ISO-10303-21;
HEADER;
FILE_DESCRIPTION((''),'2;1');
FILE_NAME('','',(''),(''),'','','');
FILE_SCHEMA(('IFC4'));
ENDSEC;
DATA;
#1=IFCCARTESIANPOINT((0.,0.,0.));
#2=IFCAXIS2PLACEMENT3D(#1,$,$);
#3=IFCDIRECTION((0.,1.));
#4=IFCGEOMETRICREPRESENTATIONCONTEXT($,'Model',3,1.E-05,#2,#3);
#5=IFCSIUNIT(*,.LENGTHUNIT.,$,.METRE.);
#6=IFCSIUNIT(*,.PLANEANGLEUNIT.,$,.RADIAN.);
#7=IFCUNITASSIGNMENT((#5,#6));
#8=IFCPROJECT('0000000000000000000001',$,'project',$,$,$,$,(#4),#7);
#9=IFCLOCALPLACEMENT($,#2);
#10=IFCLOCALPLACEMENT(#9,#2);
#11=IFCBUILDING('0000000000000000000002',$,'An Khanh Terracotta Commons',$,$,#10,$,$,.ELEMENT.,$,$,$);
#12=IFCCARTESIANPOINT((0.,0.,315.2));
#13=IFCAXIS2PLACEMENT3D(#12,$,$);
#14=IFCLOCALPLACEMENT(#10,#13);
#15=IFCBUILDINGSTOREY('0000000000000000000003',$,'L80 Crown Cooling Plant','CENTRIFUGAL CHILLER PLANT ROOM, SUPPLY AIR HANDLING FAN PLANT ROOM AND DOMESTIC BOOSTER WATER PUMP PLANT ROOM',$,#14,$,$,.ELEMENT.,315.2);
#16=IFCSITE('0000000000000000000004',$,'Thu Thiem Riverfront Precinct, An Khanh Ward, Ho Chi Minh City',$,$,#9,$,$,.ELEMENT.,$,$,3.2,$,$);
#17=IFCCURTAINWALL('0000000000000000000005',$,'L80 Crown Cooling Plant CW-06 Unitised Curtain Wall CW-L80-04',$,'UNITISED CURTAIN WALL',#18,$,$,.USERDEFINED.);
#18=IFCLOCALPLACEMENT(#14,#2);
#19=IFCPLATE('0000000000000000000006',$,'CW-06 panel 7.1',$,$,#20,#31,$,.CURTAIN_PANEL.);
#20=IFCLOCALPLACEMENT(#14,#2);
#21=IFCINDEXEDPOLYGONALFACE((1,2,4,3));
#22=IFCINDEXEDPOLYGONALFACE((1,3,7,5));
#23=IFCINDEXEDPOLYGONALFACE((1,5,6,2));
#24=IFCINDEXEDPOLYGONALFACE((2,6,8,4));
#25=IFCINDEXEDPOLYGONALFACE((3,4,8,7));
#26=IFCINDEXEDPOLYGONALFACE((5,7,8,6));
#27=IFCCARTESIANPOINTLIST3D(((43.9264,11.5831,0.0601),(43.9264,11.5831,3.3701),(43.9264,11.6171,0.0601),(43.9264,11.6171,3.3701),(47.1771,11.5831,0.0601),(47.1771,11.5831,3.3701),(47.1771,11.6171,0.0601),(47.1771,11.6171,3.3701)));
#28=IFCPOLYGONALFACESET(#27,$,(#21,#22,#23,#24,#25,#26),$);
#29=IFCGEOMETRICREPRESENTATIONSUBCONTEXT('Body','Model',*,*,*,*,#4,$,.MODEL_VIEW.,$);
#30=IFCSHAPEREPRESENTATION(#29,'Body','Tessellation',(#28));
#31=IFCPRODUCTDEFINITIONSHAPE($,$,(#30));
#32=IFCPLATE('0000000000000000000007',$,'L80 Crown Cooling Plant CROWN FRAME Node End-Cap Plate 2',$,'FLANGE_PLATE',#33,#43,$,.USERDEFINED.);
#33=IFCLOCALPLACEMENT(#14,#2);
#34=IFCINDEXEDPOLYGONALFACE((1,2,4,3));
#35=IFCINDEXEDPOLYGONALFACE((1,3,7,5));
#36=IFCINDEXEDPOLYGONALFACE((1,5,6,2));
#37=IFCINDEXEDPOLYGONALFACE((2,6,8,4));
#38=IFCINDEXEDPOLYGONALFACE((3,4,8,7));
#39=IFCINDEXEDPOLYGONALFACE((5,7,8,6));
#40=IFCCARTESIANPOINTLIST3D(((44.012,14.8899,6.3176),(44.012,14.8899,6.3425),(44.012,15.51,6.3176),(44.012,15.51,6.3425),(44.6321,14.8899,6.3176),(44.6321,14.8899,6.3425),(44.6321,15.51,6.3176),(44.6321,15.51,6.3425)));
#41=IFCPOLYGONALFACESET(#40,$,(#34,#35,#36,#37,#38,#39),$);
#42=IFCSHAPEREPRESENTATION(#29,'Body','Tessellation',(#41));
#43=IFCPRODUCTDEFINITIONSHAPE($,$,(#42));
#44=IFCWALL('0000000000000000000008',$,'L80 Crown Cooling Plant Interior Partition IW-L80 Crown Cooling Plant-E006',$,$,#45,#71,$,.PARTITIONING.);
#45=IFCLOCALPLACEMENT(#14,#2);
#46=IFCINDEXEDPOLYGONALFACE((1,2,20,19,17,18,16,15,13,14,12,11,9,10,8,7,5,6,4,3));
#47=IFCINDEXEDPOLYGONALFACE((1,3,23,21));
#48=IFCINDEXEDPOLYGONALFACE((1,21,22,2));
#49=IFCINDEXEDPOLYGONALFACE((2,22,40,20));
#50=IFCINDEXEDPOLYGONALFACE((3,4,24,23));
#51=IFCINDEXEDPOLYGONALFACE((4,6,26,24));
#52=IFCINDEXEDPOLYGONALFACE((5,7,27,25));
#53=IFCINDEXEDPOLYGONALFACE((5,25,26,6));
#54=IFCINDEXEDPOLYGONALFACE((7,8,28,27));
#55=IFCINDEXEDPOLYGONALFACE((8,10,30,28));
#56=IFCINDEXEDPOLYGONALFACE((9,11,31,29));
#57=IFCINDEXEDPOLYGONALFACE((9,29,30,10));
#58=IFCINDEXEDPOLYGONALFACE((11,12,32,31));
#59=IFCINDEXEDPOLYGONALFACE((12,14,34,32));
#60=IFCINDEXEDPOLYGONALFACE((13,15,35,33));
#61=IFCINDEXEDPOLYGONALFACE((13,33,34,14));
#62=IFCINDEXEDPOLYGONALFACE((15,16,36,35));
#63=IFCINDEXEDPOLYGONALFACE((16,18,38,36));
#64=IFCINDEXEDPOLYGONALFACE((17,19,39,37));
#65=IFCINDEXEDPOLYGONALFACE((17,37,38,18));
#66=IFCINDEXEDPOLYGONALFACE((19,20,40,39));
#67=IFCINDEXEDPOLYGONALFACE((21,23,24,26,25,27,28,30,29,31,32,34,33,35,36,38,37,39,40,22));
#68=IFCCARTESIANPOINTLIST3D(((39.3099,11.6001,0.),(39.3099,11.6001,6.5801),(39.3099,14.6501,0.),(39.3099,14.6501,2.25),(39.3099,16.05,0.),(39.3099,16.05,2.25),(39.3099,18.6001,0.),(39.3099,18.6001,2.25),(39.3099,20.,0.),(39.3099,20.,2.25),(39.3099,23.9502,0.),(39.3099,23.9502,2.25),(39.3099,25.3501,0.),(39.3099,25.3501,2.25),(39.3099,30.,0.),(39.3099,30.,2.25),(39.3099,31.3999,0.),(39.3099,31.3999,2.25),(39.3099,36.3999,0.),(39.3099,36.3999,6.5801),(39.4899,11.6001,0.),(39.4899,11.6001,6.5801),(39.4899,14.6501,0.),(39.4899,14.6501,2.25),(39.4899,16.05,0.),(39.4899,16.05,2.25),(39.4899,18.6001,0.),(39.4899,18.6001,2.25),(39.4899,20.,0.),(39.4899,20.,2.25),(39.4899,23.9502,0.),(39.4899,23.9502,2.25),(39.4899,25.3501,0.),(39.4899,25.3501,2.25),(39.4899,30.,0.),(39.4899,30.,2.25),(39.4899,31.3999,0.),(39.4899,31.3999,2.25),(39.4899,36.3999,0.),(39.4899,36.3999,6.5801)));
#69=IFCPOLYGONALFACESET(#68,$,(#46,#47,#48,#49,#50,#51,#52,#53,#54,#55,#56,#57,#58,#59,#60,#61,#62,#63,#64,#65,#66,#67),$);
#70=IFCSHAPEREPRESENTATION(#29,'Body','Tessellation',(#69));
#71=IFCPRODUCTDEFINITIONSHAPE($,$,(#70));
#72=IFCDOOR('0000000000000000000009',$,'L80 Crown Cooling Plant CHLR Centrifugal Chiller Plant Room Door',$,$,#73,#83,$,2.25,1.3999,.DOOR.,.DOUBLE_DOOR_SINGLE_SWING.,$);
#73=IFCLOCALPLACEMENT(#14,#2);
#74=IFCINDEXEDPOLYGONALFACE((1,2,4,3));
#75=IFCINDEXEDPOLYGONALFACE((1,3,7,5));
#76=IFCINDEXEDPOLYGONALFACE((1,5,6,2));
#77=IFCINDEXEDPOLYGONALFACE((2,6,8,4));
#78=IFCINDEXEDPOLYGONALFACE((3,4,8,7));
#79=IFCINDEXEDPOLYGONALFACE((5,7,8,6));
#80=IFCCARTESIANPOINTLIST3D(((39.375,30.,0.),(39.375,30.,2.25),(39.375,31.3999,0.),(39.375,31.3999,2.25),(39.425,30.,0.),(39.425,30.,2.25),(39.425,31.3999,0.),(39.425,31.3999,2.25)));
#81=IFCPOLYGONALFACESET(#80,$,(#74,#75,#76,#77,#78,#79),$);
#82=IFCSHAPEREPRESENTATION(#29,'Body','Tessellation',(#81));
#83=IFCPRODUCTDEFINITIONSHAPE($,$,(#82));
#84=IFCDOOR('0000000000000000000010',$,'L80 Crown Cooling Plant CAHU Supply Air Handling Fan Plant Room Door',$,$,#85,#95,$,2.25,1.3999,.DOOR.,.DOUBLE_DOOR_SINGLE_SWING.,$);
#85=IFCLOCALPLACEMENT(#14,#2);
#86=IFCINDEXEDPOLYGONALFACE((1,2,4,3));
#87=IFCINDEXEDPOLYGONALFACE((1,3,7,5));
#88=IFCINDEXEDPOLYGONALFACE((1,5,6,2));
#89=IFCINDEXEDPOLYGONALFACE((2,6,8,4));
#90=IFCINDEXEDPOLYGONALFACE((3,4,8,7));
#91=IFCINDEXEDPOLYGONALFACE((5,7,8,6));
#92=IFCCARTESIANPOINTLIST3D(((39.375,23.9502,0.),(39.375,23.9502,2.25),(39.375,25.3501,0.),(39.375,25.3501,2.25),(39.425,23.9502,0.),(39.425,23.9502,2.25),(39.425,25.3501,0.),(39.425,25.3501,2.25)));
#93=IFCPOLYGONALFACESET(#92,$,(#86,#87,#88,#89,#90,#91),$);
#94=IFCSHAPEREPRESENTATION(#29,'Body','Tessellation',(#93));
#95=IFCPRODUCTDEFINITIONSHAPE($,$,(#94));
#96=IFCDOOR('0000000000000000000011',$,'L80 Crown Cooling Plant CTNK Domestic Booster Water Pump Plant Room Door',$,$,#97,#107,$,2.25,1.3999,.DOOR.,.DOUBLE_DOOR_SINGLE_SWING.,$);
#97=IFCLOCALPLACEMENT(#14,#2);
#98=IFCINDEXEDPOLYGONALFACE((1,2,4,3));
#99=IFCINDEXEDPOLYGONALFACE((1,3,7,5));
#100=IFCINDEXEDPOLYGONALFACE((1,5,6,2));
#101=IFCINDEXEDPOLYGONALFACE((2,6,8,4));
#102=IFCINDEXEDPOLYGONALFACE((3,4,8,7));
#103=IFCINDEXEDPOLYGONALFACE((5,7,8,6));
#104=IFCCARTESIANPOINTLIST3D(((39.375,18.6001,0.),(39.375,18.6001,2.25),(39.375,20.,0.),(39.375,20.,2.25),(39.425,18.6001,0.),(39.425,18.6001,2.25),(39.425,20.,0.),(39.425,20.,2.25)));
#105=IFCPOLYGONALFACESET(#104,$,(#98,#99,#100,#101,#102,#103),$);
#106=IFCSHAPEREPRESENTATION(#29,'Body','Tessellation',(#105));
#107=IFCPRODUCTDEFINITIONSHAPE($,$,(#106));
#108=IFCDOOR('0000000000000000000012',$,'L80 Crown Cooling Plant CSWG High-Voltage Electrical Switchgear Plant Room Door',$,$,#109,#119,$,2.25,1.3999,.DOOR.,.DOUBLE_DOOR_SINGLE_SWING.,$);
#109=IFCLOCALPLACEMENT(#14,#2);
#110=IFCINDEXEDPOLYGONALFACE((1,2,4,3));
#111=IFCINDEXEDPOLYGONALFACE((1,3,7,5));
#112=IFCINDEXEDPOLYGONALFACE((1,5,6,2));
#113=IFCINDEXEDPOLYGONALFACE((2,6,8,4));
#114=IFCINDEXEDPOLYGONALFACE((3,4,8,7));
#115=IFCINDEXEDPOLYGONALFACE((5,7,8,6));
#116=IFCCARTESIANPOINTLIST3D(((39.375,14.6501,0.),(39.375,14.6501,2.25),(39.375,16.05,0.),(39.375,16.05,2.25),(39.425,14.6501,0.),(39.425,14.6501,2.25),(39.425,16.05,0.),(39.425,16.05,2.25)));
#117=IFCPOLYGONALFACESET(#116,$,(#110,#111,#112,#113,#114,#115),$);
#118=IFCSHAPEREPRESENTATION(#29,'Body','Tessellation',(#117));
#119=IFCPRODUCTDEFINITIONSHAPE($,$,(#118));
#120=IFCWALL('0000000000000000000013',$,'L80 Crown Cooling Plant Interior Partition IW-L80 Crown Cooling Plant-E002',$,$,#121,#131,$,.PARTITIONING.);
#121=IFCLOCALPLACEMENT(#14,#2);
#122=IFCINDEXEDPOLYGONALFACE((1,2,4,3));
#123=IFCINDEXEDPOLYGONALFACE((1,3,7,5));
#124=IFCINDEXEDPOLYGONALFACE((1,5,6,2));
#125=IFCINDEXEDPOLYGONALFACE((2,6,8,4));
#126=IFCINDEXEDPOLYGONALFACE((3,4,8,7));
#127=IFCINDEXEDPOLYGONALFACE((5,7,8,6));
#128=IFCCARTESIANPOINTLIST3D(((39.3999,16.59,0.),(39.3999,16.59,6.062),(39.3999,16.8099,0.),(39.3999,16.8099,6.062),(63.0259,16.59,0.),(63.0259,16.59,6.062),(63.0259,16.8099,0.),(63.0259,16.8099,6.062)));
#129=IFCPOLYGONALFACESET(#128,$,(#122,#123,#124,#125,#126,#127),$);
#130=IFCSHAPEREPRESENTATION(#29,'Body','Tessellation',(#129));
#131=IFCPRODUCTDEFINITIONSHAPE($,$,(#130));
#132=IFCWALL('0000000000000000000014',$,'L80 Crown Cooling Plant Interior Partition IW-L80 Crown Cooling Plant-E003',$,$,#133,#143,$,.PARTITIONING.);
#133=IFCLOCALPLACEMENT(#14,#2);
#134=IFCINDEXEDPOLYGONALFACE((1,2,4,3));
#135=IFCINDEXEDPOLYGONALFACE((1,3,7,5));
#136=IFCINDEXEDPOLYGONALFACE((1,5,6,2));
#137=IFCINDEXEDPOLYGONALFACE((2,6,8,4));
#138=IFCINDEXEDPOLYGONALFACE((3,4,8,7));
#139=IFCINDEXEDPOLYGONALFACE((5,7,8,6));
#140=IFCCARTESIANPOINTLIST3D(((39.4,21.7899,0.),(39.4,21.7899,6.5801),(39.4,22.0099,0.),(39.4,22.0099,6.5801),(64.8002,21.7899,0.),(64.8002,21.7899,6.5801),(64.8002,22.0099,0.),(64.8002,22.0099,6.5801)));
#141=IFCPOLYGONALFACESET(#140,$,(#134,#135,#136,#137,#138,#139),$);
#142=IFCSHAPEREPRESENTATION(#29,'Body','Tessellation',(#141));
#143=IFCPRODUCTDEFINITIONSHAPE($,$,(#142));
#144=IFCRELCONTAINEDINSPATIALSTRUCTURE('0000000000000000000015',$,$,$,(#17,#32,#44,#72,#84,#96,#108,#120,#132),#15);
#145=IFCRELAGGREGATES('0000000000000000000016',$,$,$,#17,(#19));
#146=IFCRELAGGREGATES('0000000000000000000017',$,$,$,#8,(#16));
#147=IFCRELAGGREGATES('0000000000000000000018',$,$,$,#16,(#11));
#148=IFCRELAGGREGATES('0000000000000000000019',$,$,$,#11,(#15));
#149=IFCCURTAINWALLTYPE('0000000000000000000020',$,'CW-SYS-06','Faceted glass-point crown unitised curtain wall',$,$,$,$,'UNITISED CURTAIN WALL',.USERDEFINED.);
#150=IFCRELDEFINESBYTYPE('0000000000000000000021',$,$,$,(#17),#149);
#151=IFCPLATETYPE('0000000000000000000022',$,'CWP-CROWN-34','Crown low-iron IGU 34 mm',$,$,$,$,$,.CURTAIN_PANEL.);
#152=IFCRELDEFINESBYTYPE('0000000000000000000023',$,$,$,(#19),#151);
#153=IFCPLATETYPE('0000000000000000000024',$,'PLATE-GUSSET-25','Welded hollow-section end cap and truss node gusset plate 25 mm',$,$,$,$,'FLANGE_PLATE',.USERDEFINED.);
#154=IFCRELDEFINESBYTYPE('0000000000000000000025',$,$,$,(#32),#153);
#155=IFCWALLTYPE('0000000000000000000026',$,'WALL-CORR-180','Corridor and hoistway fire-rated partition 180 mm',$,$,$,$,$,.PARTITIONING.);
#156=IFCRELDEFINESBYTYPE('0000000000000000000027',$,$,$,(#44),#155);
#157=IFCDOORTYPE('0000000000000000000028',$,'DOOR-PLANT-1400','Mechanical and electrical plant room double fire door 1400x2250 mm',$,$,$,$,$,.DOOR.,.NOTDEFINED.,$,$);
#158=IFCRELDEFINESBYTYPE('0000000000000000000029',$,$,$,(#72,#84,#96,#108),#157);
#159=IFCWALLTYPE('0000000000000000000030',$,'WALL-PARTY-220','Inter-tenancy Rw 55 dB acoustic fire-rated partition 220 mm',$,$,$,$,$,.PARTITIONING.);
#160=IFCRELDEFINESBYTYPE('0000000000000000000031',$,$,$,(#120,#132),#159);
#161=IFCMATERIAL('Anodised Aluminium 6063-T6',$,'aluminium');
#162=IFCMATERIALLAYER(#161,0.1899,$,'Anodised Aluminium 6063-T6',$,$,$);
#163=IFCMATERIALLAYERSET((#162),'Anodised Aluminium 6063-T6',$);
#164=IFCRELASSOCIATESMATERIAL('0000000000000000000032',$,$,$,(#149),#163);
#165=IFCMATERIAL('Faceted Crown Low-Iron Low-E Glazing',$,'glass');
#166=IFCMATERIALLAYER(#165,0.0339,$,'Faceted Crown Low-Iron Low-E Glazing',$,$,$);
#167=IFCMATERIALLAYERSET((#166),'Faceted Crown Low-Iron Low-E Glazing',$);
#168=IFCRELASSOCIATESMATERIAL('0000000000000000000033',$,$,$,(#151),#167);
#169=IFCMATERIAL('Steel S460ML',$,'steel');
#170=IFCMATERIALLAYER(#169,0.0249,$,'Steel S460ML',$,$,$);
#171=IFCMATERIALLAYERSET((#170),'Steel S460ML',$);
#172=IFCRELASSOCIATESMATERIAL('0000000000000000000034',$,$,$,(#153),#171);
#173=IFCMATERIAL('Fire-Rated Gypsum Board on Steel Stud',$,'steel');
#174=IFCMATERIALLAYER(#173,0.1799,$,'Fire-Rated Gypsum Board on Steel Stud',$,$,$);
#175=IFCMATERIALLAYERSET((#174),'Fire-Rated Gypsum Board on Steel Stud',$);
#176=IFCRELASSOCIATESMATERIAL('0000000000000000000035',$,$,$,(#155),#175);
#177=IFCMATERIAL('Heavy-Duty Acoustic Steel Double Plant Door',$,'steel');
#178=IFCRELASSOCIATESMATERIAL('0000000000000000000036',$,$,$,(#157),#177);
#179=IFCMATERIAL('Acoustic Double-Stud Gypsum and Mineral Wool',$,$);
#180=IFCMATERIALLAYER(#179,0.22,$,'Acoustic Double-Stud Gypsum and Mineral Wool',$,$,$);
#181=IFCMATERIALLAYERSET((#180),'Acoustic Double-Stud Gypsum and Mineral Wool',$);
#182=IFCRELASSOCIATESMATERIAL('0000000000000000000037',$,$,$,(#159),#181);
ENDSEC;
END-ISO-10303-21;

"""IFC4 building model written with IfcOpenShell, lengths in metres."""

from ifc_helpers import new_model, si_unit, direction, frame, frame_2d, origin, origin_2d, place, context, subcontext, project, spatial, rectangle, extrude, material, layer, layer_set, type_object, element, fill, aggregate, save


model = new_model("IFC4")

# Units and contexts
model_context = context("Model", 3, precision=1e-05, world=origin(), true_north=direction((0.0, 1.0)))
body_context = subcontext(model_context, "Body", "Model", "MODEL_VIEW")
ifc_project = project(units=[si_unit("LENGTHUNIT", "METRE"), si_unit("PLANEANGLEUNIT", "RADIAN")], contexts=[model_context])

# Site, building, storey
site_placement = place(None, origin())
site = spatial("IfcSite", under=ifc_project, at=site_placement, Name="Thu Thiem Riverfront Precinct, An Khanh Ward, Ho Chi Minh City", CompositionType="ELEMENT", RefElevation=3.2)
building_placement = place(site_placement, origin())
building = spatial("IfcBuilding", under=site, at=building_placement, Name="An Khanh Terracotta Commons", CompositionType="ELEMENT")
storey_placement = place(building_placement, frame((0.0, 0.0, 315.2)))
storey = spatial("IfcBuildingStorey", under=building, at=storey_placement, Name="L80 Crown Cooling Plant", Description="CENTRIFUGAL CHILLER PLANT ROOM, SUPPLY AIR HANDLING FAN PLANT ROOM AND DOMESTIC BOOSTER WATER PUMP PLANT ROOM", CompositionType="ELEMENT", Elevation=315.2)

# Shared definitions
ifc_material_1 = material(Name="Steel S460ML", Category="steel")

# Curtain wall, plate
ifc_material_2 = material(Name="Anodised Aluminium 6063-T6", Category="aluminium")
ifc_layer_1 = layer(ifc_material_2, 0.1899, Name="Anodised Aluminium 6063-T6")
ifc_layer_set_1 = layer_set([ifc_layer_1], Name="Anodised Aluminium 6063-T6")
curtain_wall_type = type_object("IfcCurtainWallType", Name="CW-SYS-06", Description="Faceted glass-point crown unitised curtain wall", ElementType="UNITISED CURTAIN WALL", PredefinedType="USERDEFINED", material=ifc_layer_set_1)
curtain_wall_placement = place(storey_placement, origin())
curtain_wall = element("IfcCurtainWall", 1, at=curtain_wall_placement, inside=storey, type_object=curtain_wall_type, Name="L80 Crown Cooling Plant CW-06 Unitised Curtain Wall CW-L80-04", ObjectType="UNITISED CURTAIN WALL", PredefinedType="USERDEFINED")
ifc_material_3 = material(Name="Faceted Crown Low-Iron Low-E Glazing", Category="glass")
ifc_layer_2 = layer(ifc_material_3, 0.0339, Name="Faceted Crown Low-Iron Low-E Glazing")
ifc_layer_set_2 = layer_set([ifc_layer_2], Name="Faceted Crown Low-Iron Low-E Glazing")
plate_type_1 = type_object("IfcPlateType", Name="CWP-CROWN-34", Description="Crown low-iron IGU 34 mm", PredefinedType="CURTAIN_PANEL", material=ifc_layer_set_2)
plate_1_placement = place(storey_placement, frame((45.5518, 11.6001, 0.0601), z_axis=(0.0, 0.0, 1.0), x_axis=(1.0, 0.0, 0.0)))
plate_1 = element("IfcPlate", 2, at=plate_1_placement, type_object=plate_type_1, Name="CW-06 panel 7.1", PredefinedType="CURTAIN_PANEL", context=body_context, shape_type="SweptSolid", body=[
    extrude(rectangle(XDim=3.2507, YDim=0.0339, at=origin_2d()), origin(), (0.0, 0.0, 1.0), 3.3101),
])
aggregate(curtain_wall, [plate_1])

# Plate
ifc_layer_3 = layer(ifc_material_1, 0.0249, Name="Steel S460ML")
ifc_layer_set_3 = layer_set([ifc_layer_3], Name="Steel S460ML")
plate_type_2 = type_object("IfcPlateType", Name="PLATE-GUSSET-25", Description="Welded hollow-section end cap and truss node gusset plate 25 mm", ElementType="FLANGE_PLATE", PredefinedType="USERDEFINED", material=ifc_layer_set_3)
plate_2_placement = place(storey_placement, frame((44.322, 15.2, 6.3176), z_axis=(0.0, 0.0, 1.0), x_axis=(1.0, 0.0, 0.0)))
element("IfcPlate", 3, at=plate_2_placement, inside=storey, type_object=plate_type_2, Name="L80 Crown Cooling Plant CROWN FRAME Node End-Cap Plate 2", ObjectType="FLANGE_PLATE", PredefinedType="USERDEFINED", context=body_context, shape_type="SweptSolid", body=[
    extrude(rectangle(XDim=0.6201, YDim=0.6201, at=origin_2d()), origin(), (0.0, 0.0, 1.0), 0.0249),
])

# Wall, openings, doors
ifc_material_4 = material(Name="Fire-Rated Gypsum Board on Steel Stud", Category="steel")
ifc_layer_4 = layer(ifc_material_4, 0.1799, Name="Fire-Rated Gypsum Board on Steel Stud")
ifc_layer_set_4 = layer_set([ifc_layer_4], Name="Fire-Rated Gypsum Board on Steel Stud")
wall_type_1 = type_object("IfcWallType", Name="WALL-CORR-180", Description="Corridor and hoistway fire-rated partition 180 mm", PredefinedType="PARTITIONING", material=ifc_layer_set_4)
wall_1_placement = place(storey_placement, frame((39.3999, 11.6001, 0.0), z_axis=(0.0, 0.0, 1.0), x_axis=(0.0, 1.0, 0.0)))
wall_1 = element("IfcWall", 4, at=wall_1_placement, inside=storey, type_object=wall_type_1, Name="L80 Crown Cooling Plant Interior Partition IW-L80 Crown Cooling Plant-E006", PredefinedType="PARTITIONING", context=body_context, shape_type="SweptSolid", body=[
    extrude(rectangle(XDim=24.7998, YDim=0.1799, at=frame_2d((12.3999, 0.0))), origin(), (0.0, 0.0, 1.0), 6.5801),
])
opening_1_placement = place(wall_1_placement, frame((18.3999, 0.0, 0.0)))
opening_1 = element("IfcOpeningElement", 5, at=opening_1_placement, cuts=wall_1, PredefinedType="OPENING", context=body_context, shape_type="SweptSolid", body=[
    extrude(rectangle(XDim=1.3999, YDim=2.25, at=frame_2d((0.7, 1.125))), frame((0.0, 0.0999, 0.0), z_axis=(0.0, -1.0, 0.0), x_axis=(1.0, 0.0, 0.0)), (0.0, 0.0, 1.0), 0.2),
])
opening_2_placement = place(wall_1_placement, frame((12.3501, 0.0, 0.0)))
opening_2 = element("IfcOpeningElement", 6, at=opening_2_placement, cuts=wall_1, PredefinedType="OPENING", context=body_context, shape_type="SweptSolid", body=[
    extrude(rectangle(XDim=1.3999, YDim=2.25, at=frame_2d((0.7, 1.125))), frame((0.0, 0.0999, 0.0), z_axis=(0.0, -1.0, 0.0), x_axis=(1.0, 0.0, 0.0)), (0.0, 0.0, 1.0), 0.2),
])
opening_3_placement = place(wall_1_placement, frame((7.0, 0.0, 0.0)))
opening_3 = element("IfcOpeningElement", 7, at=opening_3_placement, cuts=wall_1, PredefinedType="OPENING", context=body_context, shape_type="SweptSolid", body=[
    extrude(rectangle(XDim=1.3999, YDim=2.25, at=frame_2d((0.7, 1.125))), frame((0.0, 0.0999, 0.0), z_axis=(0.0, -1.0, 0.0), x_axis=(1.0, 0.0, 0.0)), (0.0, 0.0, 1.0), 0.2),
])
opening_4_placement = place(wall_1_placement, frame((3.05, 0.0, 0.0)))
opening_4 = element("IfcOpeningElement", 8, at=opening_4_placement, cuts=wall_1, PredefinedType="OPENING", context=body_context, shape_type="SweptSolid", body=[
    extrude(rectangle(XDim=1.3999, YDim=2.25, at=frame_2d((0.7, 1.125))), frame((0.0, 0.0999, 0.0), z_axis=(0.0, -1.0, 0.0), x_axis=(1.0, 0.0, 0.0)), (0.0, 0.0, 1.0), 0.2),
])
ifc_material_5 = material(Name="Heavy-Duty Acoustic Steel Double Plant Door", Category="steel")
door_type = type_object("IfcDoorType", Name="DOOR-PLANT-1400", Description="Mechanical and electrical plant room double fire door 1400x2250 mm", OperationType="NOTDEFINED", PredefinedType="DOOR", material=ifc_material_5)
door_1_placement = place(opening_1_placement, origin())
door_1 = element("IfcDoor", 9, at=door_1_placement, inside=storey, type_object=door_type, Name="L80 Crown Cooling Plant CHLR Centrifugal Chiller Plant Room Door", OperationType="DOUBLE_DOOR_SINGLE_SWING", OverallHeight=2.25, OverallWidth=1.3999, PredefinedType="DOOR", context=body_context, shape_type="SweptSolid", body=[
    extrude(rectangle(XDim=1.3999, YDim=2.25, at=frame_2d((0.7, 1.125))), frame((0.0, 0.0249, 0.0), z_axis=(0.0, -1.0, 0.0), x_axis=(1.0, 0.0, 0.0)), (0.0, 0.0, 1.0), 0.05),
])
fill(opening_1, door_1)
door_2_placement = place(opening_2_placement, origin())
door_2 = element("IfcDoor", 10, at=door_2_placement, inside=storey, type_object=door_type, Name="L80 Crown Cooling Plant CAHU Supply Air Handling Fan Plant Room Door", OperationType="DOUBLE_DOOR_SINGLE_SWING", OverallHeight=2.25, OverallWidth=1.3999, PredefinedType="DOOR", context=body_context, shape_type="SweptSolid", body=[
    extrude(rectangle(XDim=1.3999, YDim=2.25, at=frame_2d((0.7, 1.125))), frame((0.0, 0.0249, 0.0), z_axis=(0.0, -1.0, 0.0), x_axis=(1.0, 0.0, 0.0)), (0.0, 0.0, 1.0), 0.05),
])
fill(opening_2, door_2)
door_3_placement = place(opening_3_placement, origin())
door_3 = element("IfcDoor", 11, at=door_3_placement, inside=storey, type_object=door_type, Name="L80 Crown Cooling Plant CTNK Domestic Booster Water Pump Plant Room Door", OperationType="DOUBLE_DOOR_SINGLE_SWING", OverallHeight=2.25, OverallWidth=1.3999, PredefinedType="DOOR", context=body_context, shape_type="SweptSolid", body=[
    extrude(rectangle(XDim=1.3999, YDim=2.25, at=frame_2d((0.7, 1.125))), frame((0.0, 0.0249, 0.0), z_axis=(0.0, -1.0, 0.0), x_axis=(1.0, 0.0, 0.0)), (0.0, 0.0, 1.0), 0.05),
])
fill(opening_3, door_3)
door_4_placement = place(opening_4_placement, origin())
door_4 = element("IfcDoor", 12, at=door_4_placement, inside=storey, type_object=door_type, Name="L80 Crown Cooling Plant CSWG High-Voltage Electrical Switchgear Plant Room Door", OperationType="DOUBLE_DOOR_SINGLE_SWING", OverallHeight=2.25, OverallWidth=1.3999, PredefinedType="DOOR", context=body_context, shape_type="SweptSolid", body=[
    extrude(rectangle(XDim=1.3999, YDim=2.25, at=frame_2d((0.7, 1.125))), frame((0.0, 0.0249, 0.0), z_axis=(0.0, -1.0, 0.0), x_axis=(1.0, 0.0, 0.0)), (0.0, 0.0, 1.0), 0.05),
])
fill(opening_4, door_4)

# Walls
ifc_material_6 = material(Name="Acoustic Double-Stud Gypsum and Mineral Wool")
ifc_layer_5 = layer(ifc_material_6, 0.22, Name="Acoustic Double-Stud Gypsum and Mineral Wool")
ifc_layer_set_5 = layer_set([ifc_layer_5], Name="Acoustic Double-Stud Gypsum and Mineral Wool")
wall_type_2 = type_object("IfcWallType", Name="WALL-PARTY-220", Description="Inter-tenancy Rw 55 dB acoustic fire-rated partition 220 mm", PredefinedType="PARTITIONING", material=ifc_layer_set_5)
wall_2_placement = place(storey_placement, frame((39.3999, 16.7, 0.0), z_axis=(0.0, 0.0, 1.0), x_axis=(1.0, 0.0, 0.0)))
element("IfcWall", 13, at=wall_2_placement, inside=storey, type_object=wall_type_2, Name="L80 Crown Cooling Plant Interior Partition IW-L80 Crown Cooling Plant-E002", PredefinedType="PARTITIONING", context=body_context, shape_type="SweptSolid", body=[
    extrude(rectangle(XDim=23.626, YDim=0.22, at=frame_2d((11.813, 0.0))), origin(), (0.0, 0.0, 1.0), 6.062),
])
wall_3_placement = place(storey_placement, frame((39.3999, 21.8999, 0.0), z_axis=(0.0, 0.0, 1.0), x_axis=(1.0, 0.0, 0.0)))
element("IfcWall", 14, at=wall_3_placement, inside=storey, type_object=wall_type_2, Name="L80 Crown Cooling Plant Interior Partition IW-L80 Crown Cooling Plant-E003", PredefinedType="PARTITIONING", context=body_context, shape_type="SweptSolid", body=[
    extrude(rectangle(XDim=25.4001, YDim=0.22, at=frame_2d((12.7002, 0.0))), origin(), (0.0, 0.0, 1.0), 6.5801),
])

save(model, "model.ifc")
